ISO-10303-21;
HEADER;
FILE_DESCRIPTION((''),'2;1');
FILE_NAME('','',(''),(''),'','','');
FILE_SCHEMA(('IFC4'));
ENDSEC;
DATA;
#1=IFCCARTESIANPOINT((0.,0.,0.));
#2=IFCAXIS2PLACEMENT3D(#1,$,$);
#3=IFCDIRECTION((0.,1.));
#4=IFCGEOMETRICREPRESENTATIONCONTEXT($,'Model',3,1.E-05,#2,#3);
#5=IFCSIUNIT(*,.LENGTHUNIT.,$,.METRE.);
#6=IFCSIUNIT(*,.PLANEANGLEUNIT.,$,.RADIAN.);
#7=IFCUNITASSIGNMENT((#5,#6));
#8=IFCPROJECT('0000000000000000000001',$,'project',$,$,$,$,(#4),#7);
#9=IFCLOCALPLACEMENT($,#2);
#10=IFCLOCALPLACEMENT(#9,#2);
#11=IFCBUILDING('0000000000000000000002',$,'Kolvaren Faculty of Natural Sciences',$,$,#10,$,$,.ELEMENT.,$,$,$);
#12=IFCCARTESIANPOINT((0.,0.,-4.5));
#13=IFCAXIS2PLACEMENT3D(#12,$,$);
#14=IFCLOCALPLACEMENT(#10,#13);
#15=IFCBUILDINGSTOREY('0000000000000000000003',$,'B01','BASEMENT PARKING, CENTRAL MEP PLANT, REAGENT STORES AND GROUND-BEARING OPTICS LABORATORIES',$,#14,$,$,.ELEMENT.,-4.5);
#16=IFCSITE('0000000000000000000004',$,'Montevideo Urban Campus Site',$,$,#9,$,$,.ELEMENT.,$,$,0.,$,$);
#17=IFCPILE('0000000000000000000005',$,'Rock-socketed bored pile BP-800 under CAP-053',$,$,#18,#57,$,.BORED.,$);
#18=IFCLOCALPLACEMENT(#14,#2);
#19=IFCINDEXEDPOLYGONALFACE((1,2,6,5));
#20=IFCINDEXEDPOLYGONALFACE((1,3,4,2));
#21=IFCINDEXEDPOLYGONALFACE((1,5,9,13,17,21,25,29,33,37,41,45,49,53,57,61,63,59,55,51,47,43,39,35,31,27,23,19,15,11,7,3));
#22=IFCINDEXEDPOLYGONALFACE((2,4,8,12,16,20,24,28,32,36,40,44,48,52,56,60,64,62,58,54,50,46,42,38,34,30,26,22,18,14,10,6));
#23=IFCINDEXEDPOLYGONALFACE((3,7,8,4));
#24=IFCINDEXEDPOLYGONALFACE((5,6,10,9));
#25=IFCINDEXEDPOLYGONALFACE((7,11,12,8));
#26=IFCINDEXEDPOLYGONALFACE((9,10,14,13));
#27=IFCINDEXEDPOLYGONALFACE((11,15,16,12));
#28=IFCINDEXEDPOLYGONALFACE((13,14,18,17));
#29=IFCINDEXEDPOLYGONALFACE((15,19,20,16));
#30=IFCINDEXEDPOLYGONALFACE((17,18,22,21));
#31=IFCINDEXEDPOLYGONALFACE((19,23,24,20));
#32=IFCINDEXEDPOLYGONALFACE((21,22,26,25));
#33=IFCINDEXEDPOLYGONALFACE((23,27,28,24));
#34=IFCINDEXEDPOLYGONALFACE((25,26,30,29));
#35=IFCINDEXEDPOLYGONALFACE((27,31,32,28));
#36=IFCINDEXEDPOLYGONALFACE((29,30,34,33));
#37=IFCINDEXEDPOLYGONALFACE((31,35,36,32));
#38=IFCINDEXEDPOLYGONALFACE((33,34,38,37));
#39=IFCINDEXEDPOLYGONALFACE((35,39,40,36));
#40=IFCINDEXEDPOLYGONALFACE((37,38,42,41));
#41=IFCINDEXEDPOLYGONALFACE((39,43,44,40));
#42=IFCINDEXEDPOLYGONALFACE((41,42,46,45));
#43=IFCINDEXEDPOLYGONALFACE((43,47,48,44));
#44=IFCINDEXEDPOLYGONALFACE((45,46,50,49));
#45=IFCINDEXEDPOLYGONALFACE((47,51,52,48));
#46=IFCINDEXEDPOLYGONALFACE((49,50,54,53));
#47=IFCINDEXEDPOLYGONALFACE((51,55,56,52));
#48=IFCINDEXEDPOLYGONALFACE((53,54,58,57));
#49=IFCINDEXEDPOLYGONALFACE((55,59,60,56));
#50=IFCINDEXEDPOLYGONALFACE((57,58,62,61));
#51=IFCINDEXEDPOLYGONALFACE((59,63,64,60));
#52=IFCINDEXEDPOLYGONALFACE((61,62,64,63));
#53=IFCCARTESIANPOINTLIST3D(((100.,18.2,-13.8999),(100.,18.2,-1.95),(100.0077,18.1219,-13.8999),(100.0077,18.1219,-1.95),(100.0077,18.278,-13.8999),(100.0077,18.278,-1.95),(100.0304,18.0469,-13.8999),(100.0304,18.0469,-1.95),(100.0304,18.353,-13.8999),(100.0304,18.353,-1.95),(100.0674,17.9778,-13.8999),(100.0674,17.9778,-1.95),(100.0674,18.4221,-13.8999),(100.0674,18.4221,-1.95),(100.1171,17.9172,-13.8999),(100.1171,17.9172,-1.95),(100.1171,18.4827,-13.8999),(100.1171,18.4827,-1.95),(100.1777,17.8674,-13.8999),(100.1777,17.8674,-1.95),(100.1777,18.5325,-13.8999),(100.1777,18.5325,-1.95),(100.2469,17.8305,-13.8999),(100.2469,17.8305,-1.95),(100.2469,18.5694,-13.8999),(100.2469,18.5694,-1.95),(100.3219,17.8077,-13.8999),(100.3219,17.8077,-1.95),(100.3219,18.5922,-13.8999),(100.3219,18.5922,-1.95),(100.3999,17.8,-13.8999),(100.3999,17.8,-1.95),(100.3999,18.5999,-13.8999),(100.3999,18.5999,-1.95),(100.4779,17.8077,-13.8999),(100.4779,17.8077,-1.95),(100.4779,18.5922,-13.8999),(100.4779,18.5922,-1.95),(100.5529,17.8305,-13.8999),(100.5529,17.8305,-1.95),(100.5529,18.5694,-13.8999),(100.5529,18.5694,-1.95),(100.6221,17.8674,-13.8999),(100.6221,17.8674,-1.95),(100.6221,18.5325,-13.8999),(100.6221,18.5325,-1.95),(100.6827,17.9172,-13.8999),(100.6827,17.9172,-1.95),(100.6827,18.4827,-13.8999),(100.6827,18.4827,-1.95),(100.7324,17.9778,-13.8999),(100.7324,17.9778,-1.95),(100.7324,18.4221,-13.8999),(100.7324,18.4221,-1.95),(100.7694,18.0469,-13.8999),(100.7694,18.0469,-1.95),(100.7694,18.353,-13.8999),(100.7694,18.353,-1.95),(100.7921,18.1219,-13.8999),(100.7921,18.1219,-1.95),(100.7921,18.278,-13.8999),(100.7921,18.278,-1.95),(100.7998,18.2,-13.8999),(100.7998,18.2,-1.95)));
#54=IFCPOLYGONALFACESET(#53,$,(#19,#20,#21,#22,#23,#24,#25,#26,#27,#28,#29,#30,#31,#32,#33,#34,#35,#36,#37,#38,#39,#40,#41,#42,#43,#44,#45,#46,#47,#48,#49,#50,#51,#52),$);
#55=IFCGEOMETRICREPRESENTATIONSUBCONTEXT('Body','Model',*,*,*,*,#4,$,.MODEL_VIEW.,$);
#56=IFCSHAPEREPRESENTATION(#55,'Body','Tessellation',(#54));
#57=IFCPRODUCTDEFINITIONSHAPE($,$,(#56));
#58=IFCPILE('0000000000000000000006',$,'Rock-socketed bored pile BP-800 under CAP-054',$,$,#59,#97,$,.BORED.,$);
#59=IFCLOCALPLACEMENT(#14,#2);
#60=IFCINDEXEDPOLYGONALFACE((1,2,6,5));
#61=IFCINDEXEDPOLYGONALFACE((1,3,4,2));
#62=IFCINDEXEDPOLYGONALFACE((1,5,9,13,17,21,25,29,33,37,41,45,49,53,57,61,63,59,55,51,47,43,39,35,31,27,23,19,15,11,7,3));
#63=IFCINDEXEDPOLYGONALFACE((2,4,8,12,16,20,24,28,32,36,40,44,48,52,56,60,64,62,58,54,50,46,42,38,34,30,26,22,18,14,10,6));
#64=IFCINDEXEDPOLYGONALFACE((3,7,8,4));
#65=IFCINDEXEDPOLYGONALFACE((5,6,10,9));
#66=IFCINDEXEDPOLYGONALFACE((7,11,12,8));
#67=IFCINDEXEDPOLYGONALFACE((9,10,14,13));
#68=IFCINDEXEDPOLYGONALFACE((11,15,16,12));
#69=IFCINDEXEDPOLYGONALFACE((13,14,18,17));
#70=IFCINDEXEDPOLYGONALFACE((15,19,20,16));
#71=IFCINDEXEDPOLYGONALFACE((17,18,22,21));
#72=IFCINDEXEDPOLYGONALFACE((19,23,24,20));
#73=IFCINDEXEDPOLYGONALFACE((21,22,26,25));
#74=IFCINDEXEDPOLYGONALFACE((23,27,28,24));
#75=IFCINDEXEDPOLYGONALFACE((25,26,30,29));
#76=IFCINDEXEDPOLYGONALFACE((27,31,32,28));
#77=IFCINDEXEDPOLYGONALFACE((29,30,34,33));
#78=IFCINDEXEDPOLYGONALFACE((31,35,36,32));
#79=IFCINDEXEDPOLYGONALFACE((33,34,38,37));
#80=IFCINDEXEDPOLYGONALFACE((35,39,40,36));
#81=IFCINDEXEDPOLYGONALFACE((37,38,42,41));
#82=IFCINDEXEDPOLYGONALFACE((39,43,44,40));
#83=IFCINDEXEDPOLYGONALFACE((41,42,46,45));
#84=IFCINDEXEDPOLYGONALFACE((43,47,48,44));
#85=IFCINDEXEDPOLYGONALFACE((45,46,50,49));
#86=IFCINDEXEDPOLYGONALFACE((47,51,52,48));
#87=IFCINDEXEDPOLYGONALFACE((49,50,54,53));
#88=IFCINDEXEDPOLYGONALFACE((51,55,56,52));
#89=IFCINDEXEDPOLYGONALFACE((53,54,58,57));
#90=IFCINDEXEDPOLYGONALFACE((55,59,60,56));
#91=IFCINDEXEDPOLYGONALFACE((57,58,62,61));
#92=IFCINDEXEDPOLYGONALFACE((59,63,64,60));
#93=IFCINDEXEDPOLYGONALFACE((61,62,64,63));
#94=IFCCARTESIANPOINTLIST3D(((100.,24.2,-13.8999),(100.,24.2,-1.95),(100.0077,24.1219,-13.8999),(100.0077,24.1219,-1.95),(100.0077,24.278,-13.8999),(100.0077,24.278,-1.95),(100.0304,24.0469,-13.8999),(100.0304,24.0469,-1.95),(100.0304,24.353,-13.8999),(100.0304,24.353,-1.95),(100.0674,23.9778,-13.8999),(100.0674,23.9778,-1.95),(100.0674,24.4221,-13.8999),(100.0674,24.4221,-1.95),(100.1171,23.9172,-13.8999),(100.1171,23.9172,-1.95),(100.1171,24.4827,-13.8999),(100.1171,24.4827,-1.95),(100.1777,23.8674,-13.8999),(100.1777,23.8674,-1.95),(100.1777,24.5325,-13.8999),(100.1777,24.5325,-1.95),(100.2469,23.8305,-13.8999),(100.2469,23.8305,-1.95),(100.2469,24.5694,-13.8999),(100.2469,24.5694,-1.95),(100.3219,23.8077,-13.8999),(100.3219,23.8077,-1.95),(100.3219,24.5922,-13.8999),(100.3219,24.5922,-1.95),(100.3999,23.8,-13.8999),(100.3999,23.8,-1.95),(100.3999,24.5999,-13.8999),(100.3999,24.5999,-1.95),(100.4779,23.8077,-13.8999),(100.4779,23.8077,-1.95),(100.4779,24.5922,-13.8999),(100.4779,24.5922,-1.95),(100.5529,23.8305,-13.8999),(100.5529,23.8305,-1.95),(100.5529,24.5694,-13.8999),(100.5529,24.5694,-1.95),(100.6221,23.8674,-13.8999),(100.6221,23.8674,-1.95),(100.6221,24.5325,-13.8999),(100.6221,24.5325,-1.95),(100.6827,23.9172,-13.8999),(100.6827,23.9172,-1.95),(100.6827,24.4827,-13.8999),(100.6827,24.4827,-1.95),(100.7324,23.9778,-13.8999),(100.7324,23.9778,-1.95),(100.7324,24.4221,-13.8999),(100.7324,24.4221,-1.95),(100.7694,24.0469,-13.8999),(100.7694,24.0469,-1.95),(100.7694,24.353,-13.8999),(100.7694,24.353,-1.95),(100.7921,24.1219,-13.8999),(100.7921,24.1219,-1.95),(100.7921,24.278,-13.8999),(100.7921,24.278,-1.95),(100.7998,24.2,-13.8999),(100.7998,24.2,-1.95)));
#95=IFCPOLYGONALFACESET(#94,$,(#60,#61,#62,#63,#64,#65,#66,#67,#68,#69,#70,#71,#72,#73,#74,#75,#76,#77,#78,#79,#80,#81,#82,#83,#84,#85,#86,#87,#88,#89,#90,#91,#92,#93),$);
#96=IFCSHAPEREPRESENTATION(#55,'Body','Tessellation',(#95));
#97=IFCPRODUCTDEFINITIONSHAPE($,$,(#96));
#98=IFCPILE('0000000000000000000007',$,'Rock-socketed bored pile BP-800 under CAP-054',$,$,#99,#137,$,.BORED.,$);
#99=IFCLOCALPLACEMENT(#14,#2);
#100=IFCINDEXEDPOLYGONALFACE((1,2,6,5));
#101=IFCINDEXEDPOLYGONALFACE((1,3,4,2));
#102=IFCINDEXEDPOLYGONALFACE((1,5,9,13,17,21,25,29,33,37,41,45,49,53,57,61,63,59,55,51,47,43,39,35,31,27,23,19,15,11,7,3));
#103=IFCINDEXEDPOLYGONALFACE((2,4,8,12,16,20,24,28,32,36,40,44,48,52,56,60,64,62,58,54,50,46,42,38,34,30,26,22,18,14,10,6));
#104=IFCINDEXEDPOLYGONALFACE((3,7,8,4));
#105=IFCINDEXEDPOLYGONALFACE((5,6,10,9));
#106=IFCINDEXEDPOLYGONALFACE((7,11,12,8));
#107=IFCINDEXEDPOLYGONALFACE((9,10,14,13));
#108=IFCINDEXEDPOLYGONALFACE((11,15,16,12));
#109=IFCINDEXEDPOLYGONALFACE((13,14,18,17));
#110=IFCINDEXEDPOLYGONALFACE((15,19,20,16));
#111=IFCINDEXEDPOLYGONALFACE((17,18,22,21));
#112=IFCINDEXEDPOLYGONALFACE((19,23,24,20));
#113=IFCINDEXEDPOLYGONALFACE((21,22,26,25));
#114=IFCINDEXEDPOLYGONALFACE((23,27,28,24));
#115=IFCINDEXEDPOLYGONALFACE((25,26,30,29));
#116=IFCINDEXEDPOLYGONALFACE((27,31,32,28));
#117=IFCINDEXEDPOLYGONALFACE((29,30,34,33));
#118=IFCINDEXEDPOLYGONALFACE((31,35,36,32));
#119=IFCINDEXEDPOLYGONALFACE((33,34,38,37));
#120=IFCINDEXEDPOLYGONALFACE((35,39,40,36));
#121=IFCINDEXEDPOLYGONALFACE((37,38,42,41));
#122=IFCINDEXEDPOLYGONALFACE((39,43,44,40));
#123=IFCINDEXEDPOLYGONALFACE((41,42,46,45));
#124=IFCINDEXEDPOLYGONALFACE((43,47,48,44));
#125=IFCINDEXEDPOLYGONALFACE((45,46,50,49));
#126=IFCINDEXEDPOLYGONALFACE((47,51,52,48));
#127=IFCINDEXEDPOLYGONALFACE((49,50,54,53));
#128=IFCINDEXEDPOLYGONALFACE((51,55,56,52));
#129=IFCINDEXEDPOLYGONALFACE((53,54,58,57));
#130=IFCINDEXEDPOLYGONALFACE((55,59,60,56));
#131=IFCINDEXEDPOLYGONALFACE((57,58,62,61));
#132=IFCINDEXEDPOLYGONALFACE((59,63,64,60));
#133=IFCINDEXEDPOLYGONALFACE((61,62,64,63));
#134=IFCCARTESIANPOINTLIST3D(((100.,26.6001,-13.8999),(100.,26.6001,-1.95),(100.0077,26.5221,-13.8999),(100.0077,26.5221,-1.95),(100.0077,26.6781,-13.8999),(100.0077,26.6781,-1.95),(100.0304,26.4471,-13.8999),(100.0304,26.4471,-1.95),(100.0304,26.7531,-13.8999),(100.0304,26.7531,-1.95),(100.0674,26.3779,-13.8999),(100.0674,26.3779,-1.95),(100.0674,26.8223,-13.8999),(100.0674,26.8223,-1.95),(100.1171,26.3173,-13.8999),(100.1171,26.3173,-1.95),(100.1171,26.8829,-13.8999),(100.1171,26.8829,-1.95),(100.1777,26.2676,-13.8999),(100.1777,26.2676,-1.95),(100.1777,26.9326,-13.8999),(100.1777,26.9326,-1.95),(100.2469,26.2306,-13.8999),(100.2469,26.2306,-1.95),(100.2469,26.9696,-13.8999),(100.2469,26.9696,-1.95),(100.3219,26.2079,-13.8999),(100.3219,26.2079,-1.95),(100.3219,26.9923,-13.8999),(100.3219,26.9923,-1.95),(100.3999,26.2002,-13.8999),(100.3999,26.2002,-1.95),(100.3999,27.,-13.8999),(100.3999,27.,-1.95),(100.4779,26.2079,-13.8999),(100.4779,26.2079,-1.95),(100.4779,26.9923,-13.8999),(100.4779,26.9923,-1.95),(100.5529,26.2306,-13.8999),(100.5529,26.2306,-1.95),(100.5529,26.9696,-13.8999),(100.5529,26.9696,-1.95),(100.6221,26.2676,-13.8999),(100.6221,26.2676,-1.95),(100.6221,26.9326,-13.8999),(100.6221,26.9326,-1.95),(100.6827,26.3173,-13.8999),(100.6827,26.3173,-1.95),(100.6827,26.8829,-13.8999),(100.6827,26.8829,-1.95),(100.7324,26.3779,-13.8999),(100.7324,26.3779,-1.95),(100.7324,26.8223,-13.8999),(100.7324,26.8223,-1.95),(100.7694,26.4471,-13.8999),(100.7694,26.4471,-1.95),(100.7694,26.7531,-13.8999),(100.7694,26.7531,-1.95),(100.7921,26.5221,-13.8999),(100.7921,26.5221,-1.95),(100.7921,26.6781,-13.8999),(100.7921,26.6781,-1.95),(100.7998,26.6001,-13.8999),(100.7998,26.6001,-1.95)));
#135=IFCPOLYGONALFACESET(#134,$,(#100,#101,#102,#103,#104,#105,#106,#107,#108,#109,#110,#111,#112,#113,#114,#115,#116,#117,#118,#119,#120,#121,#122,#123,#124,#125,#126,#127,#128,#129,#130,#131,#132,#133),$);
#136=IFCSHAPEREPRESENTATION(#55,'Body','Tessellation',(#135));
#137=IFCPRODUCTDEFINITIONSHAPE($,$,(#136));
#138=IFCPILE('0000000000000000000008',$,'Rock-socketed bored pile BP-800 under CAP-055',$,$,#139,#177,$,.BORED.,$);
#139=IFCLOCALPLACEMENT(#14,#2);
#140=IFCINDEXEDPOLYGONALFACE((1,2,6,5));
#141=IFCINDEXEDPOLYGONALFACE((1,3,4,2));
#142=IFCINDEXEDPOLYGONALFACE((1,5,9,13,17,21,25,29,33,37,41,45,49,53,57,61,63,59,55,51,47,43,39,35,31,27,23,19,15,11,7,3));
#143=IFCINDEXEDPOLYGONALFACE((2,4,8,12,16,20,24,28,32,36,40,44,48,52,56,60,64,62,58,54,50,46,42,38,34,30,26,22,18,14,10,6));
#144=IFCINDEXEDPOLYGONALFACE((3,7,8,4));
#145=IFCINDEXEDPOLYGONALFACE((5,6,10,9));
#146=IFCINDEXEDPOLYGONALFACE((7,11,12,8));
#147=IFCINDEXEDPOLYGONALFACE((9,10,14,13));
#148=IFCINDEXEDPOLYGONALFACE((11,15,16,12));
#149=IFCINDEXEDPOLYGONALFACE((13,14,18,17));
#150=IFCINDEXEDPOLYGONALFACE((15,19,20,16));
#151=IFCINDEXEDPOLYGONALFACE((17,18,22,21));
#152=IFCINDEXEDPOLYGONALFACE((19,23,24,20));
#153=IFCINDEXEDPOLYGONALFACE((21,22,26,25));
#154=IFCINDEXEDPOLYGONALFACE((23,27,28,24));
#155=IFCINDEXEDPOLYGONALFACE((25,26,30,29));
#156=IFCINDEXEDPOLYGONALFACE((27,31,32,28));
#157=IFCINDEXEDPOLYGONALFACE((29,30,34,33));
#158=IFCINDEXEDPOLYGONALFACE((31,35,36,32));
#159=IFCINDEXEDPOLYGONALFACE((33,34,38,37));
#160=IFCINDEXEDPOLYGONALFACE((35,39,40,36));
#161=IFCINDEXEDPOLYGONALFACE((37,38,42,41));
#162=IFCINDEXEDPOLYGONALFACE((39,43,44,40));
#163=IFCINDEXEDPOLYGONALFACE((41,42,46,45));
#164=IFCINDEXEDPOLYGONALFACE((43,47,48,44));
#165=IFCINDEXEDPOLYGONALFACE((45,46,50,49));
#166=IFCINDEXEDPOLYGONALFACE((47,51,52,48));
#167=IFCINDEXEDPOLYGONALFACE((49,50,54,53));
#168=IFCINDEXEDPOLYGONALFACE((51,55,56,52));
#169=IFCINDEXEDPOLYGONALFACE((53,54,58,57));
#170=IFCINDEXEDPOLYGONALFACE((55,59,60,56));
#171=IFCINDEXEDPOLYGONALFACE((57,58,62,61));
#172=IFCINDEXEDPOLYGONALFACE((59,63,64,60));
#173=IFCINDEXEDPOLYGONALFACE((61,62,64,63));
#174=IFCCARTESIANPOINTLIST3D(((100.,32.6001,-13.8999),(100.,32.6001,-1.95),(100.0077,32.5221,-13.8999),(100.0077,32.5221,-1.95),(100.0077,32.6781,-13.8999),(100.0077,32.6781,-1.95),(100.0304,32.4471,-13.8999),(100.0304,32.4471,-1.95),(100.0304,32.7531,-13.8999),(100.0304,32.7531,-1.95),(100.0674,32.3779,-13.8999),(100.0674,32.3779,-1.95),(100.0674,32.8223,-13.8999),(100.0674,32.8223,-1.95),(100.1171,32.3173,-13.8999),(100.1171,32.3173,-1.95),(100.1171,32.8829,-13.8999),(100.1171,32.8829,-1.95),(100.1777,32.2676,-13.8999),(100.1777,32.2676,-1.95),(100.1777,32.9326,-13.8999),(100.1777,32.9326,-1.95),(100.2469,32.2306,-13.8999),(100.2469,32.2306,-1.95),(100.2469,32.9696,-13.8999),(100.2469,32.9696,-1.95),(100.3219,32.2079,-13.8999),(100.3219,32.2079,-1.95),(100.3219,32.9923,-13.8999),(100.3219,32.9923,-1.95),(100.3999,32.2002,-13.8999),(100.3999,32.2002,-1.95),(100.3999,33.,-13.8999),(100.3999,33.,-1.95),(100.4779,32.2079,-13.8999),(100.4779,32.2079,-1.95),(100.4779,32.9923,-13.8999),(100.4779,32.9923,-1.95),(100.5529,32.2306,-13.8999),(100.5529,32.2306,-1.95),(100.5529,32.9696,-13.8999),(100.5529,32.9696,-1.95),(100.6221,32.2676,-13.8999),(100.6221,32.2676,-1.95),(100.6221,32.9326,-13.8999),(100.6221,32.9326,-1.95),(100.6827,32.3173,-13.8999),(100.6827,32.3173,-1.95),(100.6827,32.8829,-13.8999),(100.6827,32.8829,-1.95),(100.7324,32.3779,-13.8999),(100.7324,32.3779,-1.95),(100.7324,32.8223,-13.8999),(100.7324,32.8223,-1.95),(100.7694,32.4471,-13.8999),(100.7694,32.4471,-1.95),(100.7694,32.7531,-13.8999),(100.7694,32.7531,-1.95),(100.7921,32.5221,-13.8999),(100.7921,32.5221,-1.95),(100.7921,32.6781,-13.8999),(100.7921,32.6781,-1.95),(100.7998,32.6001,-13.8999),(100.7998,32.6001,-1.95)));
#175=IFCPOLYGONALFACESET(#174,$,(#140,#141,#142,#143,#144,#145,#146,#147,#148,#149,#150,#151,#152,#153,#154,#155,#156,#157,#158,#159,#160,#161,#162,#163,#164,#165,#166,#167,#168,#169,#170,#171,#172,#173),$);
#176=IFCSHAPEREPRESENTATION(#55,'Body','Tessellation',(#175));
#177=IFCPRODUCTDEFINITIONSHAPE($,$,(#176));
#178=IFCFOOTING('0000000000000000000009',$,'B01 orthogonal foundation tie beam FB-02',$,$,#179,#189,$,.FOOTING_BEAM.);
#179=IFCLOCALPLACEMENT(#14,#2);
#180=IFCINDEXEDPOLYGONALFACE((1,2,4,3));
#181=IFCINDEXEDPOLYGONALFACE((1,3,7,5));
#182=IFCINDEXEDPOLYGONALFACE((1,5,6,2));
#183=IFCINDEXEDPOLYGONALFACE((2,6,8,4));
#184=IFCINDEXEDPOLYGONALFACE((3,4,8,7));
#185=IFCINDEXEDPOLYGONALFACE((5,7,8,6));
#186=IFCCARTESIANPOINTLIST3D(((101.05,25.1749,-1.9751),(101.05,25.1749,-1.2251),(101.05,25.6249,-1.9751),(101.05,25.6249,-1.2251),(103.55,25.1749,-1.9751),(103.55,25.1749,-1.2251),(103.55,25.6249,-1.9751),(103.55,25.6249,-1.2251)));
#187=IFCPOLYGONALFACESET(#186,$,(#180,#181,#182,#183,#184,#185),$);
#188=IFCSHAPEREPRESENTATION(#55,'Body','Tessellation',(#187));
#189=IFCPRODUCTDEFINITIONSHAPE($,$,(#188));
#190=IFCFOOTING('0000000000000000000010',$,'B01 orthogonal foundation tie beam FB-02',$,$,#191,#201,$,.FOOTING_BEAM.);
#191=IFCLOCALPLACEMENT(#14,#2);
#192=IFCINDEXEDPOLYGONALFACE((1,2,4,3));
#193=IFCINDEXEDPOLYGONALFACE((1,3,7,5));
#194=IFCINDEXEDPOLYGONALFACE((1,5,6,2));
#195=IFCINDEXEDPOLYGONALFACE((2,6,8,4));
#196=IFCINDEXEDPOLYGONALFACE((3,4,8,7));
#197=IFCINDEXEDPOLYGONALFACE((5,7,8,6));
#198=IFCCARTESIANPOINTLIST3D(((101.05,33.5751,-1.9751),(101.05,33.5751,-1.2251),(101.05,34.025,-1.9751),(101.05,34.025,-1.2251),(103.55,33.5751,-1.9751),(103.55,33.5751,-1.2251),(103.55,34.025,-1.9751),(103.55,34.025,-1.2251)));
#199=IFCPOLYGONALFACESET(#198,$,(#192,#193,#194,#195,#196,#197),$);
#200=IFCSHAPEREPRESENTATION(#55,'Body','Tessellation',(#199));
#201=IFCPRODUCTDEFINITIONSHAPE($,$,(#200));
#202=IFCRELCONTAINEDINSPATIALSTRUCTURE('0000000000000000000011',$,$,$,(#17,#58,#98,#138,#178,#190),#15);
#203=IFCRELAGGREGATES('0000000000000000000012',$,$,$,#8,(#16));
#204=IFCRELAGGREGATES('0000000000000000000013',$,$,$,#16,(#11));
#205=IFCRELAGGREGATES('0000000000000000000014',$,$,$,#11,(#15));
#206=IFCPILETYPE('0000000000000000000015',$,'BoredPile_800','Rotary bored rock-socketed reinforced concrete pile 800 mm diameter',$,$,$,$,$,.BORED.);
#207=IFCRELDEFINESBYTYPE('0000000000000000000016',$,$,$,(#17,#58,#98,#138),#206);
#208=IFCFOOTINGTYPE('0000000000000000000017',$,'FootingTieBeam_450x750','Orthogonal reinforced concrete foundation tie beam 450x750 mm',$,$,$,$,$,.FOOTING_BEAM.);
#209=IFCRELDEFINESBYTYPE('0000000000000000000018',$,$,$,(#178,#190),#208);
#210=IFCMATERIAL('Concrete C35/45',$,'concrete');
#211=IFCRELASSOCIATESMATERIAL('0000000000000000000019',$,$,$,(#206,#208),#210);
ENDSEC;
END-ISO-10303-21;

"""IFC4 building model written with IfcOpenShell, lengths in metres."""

from ifc_helpers import new_model, si_unit, direction, frame, origin, origin_2d, place, context, subcontext, project, spatial, rectangle, circle, extrude, material, material_profile, profile_set, type_object, element, save


model = new_model("IFC4")

# Units and contexts
model_context = context("Model", 3, precision=1e-05, world=origin(), true_north=direction((0.0, 1.0)))
body_context = subcontext(model_context, "Body", "Model", "MODEL_VIEW")
ifc_project = project(units=[si_unit("LENGTHUNIT", "METRE"), si_unit("PLANEANGLEUNIT", "RADIAN")], contexts=[model_context])

# Site, building, storey
site_placement = place(None, origin())
site = spatial("IfcSite", under=ifc_project, at=site_placement, Name="Montevideo Urban Campus Site", CompositionType="ELEMENT", RefElevation=0.0)
building_placement = place(site_placement, origin())
building = spatial("IfcBuilding", under=site, at=building_placement, Name="Kolvaren Faculty of Natural Sciences", CompositionType="ELEMENT")
storey_placement = place(building_placement, frame((0.0, 0.0, -4.5)))
storey = spatial("IfcBuildingStorey", under=building, at=storey_placement, Name="B01", Description="BASEMENT PARKING, CENTRAL MEP PLANT, REAGENT STORES AND GROUND-BEARING OPTICS LABORATORIES", CompositionType="ELEMENT", Elevation=-4.5)

# Piles
ifc_material_1 = material(Name="Concrete C35/45", Category="concrete")
ifc_material_profile_1 = material_profile(ifc_material_1, circle(Radius=0.3999, at=origin_2d()), Name="PILE D800")
ifc_profile_set_1 = profile_set([ifc_material_profile_1], Name="Concrete C35/45")
pile_type_1 = type_object("IfcPileType", Name="BoredPile_800", Description="Rotary bored rock-socketed reinforced concrete pile 800 mm diameter", PredefinedType="BORED", material=ifc_profile_set_1)
for number, where, z_axis, x_axis, name in (
    (1, (100.3999, 18.2, -1.95), (0.0, 0.0, -1.0), (1.0, 0.0, 0.0), "Rock-socketed bored pile BP-800 under CAP-053"),
    (2, (100.3999, 24.2, -1.95), (0.0, 0.0, -1.0), (1.0, 0.0, 0.0), "Rock-socketed bored pile BP-800 under CAP-054"),
    (3, (100.3999, 26.6001, -1.95), (0.0, 0.0, -1.0), (1.0, 0.0, 0.0), "Rock-socketed bored pile BP-800 under CAP-054"),
    (4, (100.3999, 32.6001, -1.95), (0.0, 0.0, -1.0), (1.0, 0.0, 0.0), "Rock-socketed bored pile BP-800 under CAP-055"),
):
    element("IfcPile", number, at=place(storey_placement, frame(where, z_axis=z_axis, x_axis=x_axis)), inside=storey, type_object=pile_type_1, Name=name, PredefinedType="BORED", context=body_context, shape_type="SweptSolid", body=[
        extrude(circle(Radius=0.3999, at=origin_2d()), origin(), (0.0, 0.0, 1.0), 11.95),
    ])

# Footings
ifc_material_profile_2 = material_profile(ifc_material_1, rectangle(XDim=0.45, YDim=0.75, at=origin_2d()), Name="RC FB 450x750")
ifc_profile_set_2 = profile_set([ifc_material_profile_2], Name="Concrete C35/45")
footing_type_1 = type_object("IfcFootingType", Name="FootingTieBeam_450x750", Description="Orthogonal reinforced concrete foundation tie beam 450x750 mm", PredefinedType="FOOTING_BEAM", material=ifc_profile_set_2)
for number, where, z_axis, x_axis, name in (
    (5, (101.05, 25.3999, -1.6001), (1.0, 0.0, 0.0), (0.0, 1.0, 0.0), "B01 orthogonal foundation tie beam FB-02"),
    (6, (101.05, 33.8, -1.6001), (1.0, 0.0, 0.0), (0.0, 1.0, 0.0), "B01 orthogonal foundation tie beam FB-02"),
):
    element("IfcFooting", number, at=place(storey_placement, frame(where, z_axis=z_axis, x_axis=x_axis)), inside=storey, type_object=footing_type_1, Name=name, PredefinedType="FOOTING_BEAM", context=body_context, shape_type="SweptSolid", body=[
        extrude(rectangle(XDim=0.45, YDim=0.75, at=origin_2d()), origin(), (0.0, 0.0, 1.0), 2.5),
    ])

save(model, "model.ifc")
